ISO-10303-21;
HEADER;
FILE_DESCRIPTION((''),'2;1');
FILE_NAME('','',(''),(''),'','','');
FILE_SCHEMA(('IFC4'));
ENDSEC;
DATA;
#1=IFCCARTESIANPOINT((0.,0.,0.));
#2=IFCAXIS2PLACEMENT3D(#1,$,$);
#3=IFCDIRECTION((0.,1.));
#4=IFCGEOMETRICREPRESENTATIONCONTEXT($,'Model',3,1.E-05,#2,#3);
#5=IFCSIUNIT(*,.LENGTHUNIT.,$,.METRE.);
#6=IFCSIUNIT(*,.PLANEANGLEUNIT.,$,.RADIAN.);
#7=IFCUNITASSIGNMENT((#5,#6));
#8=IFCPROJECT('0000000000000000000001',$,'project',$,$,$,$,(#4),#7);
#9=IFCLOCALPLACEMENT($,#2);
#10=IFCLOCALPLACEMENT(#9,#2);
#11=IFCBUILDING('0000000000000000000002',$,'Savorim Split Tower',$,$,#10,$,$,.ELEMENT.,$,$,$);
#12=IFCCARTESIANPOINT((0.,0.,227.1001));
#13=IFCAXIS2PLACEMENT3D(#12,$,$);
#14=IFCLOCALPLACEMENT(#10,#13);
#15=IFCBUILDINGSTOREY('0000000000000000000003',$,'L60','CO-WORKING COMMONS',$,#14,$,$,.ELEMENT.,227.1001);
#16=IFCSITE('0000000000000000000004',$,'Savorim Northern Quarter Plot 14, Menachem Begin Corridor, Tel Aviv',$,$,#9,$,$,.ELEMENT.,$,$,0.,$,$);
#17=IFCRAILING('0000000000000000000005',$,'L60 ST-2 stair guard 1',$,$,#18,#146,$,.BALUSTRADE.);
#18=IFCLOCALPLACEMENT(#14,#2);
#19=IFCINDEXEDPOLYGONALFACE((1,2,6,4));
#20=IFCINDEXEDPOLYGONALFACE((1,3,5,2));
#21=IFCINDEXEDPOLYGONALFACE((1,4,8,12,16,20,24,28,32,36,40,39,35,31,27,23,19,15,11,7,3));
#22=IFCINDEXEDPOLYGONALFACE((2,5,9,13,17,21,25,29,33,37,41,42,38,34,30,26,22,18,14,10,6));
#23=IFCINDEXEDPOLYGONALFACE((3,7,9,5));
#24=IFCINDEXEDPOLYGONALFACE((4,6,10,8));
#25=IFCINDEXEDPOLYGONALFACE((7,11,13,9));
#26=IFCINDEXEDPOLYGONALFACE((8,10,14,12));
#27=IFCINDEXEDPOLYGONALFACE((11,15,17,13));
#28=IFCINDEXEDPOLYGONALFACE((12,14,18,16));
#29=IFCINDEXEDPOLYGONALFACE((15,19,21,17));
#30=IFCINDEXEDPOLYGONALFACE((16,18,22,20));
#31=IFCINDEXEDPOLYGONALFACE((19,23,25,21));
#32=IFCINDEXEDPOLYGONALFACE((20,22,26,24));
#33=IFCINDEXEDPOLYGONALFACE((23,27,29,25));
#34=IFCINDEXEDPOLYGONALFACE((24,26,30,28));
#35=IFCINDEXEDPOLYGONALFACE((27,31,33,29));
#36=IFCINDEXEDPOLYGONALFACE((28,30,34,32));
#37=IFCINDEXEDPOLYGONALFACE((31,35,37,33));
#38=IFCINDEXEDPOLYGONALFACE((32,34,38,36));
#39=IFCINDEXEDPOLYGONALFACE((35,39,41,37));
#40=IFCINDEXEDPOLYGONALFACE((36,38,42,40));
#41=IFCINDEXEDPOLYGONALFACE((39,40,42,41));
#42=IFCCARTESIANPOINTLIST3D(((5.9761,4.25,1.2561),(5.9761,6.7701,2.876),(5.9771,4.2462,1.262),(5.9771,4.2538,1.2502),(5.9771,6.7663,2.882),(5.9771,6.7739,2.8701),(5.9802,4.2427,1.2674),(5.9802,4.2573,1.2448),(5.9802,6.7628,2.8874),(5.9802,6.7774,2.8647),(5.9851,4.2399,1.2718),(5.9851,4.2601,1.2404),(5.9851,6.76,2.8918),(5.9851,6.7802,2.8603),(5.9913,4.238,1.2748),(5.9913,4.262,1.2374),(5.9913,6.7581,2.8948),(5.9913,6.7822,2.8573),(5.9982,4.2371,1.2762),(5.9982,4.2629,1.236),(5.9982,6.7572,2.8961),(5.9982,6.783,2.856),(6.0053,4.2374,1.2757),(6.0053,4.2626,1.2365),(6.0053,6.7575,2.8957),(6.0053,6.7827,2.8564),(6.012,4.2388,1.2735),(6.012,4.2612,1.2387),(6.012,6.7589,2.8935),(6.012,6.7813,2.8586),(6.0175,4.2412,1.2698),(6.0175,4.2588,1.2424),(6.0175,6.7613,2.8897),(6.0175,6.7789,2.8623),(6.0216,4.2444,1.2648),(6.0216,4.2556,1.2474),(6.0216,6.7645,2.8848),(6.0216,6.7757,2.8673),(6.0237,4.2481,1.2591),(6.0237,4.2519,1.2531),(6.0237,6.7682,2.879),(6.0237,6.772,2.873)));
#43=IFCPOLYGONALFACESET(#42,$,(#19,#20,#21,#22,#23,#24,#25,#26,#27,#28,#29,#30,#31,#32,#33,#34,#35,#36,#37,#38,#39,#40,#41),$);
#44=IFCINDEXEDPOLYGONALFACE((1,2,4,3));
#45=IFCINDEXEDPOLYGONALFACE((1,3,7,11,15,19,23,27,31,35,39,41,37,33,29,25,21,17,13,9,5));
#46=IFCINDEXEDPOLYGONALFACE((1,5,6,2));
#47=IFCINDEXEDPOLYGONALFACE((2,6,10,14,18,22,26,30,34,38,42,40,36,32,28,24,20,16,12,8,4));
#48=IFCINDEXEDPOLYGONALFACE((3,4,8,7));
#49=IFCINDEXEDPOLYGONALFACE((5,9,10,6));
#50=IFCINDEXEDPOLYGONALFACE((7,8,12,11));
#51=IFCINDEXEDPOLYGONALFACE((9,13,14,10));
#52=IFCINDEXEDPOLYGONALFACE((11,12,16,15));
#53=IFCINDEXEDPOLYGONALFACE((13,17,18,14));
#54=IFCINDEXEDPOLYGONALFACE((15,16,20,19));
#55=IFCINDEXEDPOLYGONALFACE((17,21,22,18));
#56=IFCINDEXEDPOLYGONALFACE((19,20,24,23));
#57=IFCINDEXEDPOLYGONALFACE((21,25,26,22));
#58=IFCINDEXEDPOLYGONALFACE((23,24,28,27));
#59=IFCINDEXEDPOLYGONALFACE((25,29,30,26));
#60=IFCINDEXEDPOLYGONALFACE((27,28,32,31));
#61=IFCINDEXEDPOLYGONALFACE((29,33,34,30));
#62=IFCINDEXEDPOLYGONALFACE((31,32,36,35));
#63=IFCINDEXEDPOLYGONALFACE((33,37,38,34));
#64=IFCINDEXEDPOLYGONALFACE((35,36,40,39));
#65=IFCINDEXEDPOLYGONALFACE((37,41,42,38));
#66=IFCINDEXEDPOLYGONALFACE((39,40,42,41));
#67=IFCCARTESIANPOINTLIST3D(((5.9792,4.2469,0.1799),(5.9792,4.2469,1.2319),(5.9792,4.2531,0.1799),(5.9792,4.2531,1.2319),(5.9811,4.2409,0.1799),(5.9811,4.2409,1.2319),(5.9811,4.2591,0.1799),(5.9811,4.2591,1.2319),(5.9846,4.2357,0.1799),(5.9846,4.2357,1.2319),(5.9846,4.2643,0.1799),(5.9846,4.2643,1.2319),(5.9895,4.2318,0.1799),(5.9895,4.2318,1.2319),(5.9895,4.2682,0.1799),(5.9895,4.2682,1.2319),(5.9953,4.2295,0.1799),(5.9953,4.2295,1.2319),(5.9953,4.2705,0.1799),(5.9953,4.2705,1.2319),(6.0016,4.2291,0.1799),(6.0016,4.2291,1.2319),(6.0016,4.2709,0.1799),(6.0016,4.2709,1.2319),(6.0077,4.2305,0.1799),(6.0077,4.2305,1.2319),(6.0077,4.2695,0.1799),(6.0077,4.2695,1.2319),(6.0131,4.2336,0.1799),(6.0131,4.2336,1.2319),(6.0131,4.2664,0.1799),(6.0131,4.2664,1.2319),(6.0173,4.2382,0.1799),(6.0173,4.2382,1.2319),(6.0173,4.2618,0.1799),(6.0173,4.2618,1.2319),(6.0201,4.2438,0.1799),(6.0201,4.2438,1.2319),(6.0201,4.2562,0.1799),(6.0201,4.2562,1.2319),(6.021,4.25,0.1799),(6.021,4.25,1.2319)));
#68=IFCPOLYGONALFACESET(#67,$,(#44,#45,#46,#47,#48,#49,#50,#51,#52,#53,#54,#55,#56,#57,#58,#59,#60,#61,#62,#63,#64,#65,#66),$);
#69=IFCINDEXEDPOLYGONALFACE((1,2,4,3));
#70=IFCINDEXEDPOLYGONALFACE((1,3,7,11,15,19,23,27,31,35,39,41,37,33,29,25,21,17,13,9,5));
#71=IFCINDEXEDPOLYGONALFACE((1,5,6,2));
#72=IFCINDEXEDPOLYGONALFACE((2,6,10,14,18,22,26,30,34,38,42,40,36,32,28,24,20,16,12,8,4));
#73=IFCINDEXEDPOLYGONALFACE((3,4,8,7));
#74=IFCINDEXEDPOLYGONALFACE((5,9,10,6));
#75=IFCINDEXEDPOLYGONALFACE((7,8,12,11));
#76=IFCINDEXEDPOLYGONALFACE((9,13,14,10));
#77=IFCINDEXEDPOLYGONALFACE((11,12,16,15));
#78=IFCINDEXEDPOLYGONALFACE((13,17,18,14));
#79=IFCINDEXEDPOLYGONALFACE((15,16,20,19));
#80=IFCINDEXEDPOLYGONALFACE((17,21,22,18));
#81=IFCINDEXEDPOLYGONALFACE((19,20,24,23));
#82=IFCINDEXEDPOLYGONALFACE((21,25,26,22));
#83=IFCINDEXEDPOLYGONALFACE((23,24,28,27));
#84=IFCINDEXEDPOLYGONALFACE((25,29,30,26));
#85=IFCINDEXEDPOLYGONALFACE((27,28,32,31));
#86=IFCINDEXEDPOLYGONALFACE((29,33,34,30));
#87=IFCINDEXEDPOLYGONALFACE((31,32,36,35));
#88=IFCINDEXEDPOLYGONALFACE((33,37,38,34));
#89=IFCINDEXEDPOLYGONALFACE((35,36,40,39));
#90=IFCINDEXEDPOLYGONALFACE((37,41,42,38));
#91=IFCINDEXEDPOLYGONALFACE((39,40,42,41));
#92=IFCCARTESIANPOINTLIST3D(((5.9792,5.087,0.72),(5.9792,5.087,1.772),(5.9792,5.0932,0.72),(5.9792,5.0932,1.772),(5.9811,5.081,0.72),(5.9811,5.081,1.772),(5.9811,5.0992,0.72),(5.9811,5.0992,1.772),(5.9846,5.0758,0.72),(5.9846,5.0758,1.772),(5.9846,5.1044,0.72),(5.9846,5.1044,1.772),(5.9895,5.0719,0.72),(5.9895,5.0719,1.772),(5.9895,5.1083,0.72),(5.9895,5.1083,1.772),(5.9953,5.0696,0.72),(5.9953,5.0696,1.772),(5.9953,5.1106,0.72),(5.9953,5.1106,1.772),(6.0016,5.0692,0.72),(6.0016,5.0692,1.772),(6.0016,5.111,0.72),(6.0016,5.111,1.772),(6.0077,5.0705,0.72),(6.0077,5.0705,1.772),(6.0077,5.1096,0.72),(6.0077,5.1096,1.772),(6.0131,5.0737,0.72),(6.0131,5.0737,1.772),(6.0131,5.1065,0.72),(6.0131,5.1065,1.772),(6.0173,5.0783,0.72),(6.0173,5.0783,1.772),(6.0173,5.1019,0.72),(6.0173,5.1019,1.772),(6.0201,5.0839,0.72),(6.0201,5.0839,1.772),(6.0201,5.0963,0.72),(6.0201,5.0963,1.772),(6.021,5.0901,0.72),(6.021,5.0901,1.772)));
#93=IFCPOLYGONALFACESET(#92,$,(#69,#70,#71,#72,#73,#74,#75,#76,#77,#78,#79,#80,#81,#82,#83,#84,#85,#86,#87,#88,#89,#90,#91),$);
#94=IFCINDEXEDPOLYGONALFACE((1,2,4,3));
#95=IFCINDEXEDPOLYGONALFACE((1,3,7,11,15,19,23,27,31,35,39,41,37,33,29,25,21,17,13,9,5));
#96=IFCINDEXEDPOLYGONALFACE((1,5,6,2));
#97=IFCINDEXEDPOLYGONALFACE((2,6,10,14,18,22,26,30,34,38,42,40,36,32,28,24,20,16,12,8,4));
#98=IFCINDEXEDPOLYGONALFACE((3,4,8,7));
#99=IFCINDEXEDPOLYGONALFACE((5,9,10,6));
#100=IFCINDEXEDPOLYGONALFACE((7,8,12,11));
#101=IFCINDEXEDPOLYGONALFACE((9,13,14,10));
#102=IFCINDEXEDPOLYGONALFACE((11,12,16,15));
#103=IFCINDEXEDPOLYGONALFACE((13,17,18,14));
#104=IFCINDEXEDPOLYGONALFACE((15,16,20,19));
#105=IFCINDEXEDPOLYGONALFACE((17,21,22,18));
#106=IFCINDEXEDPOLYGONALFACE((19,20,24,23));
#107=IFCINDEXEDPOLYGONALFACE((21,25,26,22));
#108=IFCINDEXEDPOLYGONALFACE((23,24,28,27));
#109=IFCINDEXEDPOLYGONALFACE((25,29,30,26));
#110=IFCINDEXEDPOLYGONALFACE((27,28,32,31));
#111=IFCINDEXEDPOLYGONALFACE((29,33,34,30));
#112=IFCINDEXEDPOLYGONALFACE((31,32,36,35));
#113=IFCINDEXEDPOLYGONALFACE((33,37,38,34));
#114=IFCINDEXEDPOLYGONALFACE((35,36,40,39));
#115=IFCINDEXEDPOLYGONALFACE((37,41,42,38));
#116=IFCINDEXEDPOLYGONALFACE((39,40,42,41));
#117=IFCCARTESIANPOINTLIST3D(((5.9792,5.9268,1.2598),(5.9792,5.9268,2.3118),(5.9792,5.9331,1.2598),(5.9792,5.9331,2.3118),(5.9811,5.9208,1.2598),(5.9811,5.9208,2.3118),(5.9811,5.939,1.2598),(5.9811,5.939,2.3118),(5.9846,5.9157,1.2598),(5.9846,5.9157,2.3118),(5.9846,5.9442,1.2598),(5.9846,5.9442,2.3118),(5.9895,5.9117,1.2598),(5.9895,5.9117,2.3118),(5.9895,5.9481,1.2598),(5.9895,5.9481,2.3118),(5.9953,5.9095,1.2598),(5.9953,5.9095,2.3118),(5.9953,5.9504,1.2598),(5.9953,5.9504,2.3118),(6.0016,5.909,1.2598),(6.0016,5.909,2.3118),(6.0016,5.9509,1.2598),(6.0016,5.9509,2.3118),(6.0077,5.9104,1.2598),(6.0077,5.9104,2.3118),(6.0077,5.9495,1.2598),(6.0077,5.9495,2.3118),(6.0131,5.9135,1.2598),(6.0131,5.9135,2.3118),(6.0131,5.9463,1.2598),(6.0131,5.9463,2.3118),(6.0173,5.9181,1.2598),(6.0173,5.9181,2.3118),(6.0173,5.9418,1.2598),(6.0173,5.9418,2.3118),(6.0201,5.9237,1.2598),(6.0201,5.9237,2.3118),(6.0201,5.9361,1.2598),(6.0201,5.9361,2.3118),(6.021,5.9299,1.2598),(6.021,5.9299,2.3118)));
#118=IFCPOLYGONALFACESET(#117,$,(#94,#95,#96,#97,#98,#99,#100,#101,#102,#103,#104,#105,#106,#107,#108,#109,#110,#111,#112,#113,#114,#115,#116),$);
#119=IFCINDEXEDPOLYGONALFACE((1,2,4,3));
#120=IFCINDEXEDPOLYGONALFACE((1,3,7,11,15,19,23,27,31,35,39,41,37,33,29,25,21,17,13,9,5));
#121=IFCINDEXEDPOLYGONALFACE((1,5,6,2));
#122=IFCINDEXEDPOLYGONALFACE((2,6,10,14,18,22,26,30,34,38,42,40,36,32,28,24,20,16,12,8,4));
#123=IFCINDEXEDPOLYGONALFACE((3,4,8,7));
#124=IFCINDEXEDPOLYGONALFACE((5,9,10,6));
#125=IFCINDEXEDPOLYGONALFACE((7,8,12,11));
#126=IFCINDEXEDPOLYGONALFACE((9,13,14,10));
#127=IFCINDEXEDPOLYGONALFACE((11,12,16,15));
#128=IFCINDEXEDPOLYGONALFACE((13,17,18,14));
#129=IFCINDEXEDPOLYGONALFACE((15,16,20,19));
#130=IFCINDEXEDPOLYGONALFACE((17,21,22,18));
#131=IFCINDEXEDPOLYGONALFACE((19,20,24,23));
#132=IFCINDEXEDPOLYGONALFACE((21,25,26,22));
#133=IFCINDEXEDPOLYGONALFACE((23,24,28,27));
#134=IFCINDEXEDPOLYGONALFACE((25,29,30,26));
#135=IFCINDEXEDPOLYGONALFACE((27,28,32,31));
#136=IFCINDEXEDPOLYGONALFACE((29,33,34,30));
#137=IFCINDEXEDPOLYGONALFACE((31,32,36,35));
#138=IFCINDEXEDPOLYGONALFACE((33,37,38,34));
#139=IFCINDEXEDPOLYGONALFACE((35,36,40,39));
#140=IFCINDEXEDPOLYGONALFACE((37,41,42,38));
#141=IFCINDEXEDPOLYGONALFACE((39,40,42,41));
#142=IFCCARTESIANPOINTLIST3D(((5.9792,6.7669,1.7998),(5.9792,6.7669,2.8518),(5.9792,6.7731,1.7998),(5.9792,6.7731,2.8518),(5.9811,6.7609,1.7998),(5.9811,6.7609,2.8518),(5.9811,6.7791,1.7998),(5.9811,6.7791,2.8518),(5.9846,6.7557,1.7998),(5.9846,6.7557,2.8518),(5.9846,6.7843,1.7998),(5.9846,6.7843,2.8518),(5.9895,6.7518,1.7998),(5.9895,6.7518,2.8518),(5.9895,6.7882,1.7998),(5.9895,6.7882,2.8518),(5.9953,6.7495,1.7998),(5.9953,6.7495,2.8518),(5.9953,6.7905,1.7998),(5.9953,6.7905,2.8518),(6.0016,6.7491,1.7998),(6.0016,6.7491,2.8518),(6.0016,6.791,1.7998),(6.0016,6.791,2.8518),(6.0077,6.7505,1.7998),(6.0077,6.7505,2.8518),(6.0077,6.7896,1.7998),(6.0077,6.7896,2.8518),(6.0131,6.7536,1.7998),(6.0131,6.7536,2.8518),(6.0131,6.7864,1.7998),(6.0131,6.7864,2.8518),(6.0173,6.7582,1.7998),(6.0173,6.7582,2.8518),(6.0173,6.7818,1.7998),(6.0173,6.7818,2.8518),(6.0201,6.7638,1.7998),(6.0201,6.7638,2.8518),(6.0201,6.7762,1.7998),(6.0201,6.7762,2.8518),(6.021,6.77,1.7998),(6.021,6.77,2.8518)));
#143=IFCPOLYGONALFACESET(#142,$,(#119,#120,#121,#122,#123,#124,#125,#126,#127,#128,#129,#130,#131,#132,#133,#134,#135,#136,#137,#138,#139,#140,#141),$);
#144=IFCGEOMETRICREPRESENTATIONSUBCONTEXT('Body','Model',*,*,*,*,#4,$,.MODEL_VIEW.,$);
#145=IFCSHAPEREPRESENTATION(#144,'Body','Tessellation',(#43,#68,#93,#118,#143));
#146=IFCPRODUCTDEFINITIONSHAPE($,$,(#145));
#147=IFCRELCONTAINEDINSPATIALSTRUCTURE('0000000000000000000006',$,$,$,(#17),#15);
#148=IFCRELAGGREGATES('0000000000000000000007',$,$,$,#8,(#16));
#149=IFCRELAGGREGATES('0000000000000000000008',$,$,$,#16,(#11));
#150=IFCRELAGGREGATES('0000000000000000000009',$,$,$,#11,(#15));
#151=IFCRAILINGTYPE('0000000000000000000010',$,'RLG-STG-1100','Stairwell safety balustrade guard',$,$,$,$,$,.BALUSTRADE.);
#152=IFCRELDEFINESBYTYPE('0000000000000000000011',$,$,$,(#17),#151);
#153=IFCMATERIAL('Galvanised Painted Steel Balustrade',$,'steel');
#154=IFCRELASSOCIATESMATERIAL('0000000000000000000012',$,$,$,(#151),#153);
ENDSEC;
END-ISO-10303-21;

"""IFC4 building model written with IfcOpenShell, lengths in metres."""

from ifc_helpers import new_model, si_unit, direction, frame, origin, origin_2d, place, context, subcontext, project, spatial, circle, extrude, material, type_object, element, save


model = new_model("IFC4")

# Units and contexts
model_context = context("Model", 3, precision=1e-05, world=origin(), true_north=direction((0.0, 1.0)))
body_context = subcontext(model_context, "Body", "Model", "MODEL_VIEW")
ifc_project = project(units=[si_unit("LENGTHUNIT", "METRE"), si_unit("PLANEANGLEUNIT", "RADIAN")], contexts=[model_context])

# Site, building, storey
site_placement = place(None, origin())
site = spatial("IfcSite", under=ifc_project, at=site_placement, Name="Savorim Northern Quarter Plot 14, Menachem Begin Corridor, Tel Aviv", CompositionType="ELEMENT", RefElevation=0.0)
building_placement = place(site_placement, origin())
building = spatial("IfcBuilding", under=site, at=building_placement, Name="Savorim Split Tower", CompositionType="ELEMENT")
storey_placement = place(building_placement, frame((0.0, 0.0, 227.1001)))
storey = spatial("IfcBuildingStorey", under=building, at=storey_placement, Name="L60", Description="CO-WORKING COMMONS", CompositionType="ELEMENT", Elevation=227.1001)

# Railing
ifc_material_1 = material(Name="Galvanised Painted Steel Balustrade", Category="steel")
railing_type_1 = type_object("IfcRailingType", Name="RLG-STG-1100", Description="Stairwell safety balustrade guard", PredefinedType="BALUSTRADE", material=ifc_material_1)
railing_1_placement = place(storey_placement, frame((6.0, 4.25, 0.1799)))
element("IfcRailing", 1, at=railing_1_placement, inside=storey, type_object=railing_type_1, Name="L60 ST-2 stair guard 1", PredefinedType="BALUSTRADE", context=body_context, shape_type="SweptSolid", body=[
    extrude(circle(Radius=0.0239, at=origin_2d()), frame((0.0, 0.0, 1.0762), z_axis=(0.0, 0.8412, 0.540725), x_axis=(-1.0, 0.0, 0.0)), (0.0, 0.0, 1.0), 2.9958),
    extrude(circle(Radius=0.021, at=origin_2d()), origin(), (0.0, 0.0, 1.0), 1.052),
    extrude(circle(Radius=0.021, at=origin_2d()), frame((0.0, 0.8401, 0.54)), (0.0, 0.0, 1.0), 1.052),
    extrude(circle(Radius=0.021, at=origin_2d()), frame((0.0, 1.6799, 1.0798)), (0.0, 0.0, 1.0), 1.052),
    extrude(circle(Radius=0.021, at=origin_2d()), frame((0.0, 2.52, 1.6199)), (0.0, 0.0, 1.0), 1.052),
])

save(model, "model.ifc")
